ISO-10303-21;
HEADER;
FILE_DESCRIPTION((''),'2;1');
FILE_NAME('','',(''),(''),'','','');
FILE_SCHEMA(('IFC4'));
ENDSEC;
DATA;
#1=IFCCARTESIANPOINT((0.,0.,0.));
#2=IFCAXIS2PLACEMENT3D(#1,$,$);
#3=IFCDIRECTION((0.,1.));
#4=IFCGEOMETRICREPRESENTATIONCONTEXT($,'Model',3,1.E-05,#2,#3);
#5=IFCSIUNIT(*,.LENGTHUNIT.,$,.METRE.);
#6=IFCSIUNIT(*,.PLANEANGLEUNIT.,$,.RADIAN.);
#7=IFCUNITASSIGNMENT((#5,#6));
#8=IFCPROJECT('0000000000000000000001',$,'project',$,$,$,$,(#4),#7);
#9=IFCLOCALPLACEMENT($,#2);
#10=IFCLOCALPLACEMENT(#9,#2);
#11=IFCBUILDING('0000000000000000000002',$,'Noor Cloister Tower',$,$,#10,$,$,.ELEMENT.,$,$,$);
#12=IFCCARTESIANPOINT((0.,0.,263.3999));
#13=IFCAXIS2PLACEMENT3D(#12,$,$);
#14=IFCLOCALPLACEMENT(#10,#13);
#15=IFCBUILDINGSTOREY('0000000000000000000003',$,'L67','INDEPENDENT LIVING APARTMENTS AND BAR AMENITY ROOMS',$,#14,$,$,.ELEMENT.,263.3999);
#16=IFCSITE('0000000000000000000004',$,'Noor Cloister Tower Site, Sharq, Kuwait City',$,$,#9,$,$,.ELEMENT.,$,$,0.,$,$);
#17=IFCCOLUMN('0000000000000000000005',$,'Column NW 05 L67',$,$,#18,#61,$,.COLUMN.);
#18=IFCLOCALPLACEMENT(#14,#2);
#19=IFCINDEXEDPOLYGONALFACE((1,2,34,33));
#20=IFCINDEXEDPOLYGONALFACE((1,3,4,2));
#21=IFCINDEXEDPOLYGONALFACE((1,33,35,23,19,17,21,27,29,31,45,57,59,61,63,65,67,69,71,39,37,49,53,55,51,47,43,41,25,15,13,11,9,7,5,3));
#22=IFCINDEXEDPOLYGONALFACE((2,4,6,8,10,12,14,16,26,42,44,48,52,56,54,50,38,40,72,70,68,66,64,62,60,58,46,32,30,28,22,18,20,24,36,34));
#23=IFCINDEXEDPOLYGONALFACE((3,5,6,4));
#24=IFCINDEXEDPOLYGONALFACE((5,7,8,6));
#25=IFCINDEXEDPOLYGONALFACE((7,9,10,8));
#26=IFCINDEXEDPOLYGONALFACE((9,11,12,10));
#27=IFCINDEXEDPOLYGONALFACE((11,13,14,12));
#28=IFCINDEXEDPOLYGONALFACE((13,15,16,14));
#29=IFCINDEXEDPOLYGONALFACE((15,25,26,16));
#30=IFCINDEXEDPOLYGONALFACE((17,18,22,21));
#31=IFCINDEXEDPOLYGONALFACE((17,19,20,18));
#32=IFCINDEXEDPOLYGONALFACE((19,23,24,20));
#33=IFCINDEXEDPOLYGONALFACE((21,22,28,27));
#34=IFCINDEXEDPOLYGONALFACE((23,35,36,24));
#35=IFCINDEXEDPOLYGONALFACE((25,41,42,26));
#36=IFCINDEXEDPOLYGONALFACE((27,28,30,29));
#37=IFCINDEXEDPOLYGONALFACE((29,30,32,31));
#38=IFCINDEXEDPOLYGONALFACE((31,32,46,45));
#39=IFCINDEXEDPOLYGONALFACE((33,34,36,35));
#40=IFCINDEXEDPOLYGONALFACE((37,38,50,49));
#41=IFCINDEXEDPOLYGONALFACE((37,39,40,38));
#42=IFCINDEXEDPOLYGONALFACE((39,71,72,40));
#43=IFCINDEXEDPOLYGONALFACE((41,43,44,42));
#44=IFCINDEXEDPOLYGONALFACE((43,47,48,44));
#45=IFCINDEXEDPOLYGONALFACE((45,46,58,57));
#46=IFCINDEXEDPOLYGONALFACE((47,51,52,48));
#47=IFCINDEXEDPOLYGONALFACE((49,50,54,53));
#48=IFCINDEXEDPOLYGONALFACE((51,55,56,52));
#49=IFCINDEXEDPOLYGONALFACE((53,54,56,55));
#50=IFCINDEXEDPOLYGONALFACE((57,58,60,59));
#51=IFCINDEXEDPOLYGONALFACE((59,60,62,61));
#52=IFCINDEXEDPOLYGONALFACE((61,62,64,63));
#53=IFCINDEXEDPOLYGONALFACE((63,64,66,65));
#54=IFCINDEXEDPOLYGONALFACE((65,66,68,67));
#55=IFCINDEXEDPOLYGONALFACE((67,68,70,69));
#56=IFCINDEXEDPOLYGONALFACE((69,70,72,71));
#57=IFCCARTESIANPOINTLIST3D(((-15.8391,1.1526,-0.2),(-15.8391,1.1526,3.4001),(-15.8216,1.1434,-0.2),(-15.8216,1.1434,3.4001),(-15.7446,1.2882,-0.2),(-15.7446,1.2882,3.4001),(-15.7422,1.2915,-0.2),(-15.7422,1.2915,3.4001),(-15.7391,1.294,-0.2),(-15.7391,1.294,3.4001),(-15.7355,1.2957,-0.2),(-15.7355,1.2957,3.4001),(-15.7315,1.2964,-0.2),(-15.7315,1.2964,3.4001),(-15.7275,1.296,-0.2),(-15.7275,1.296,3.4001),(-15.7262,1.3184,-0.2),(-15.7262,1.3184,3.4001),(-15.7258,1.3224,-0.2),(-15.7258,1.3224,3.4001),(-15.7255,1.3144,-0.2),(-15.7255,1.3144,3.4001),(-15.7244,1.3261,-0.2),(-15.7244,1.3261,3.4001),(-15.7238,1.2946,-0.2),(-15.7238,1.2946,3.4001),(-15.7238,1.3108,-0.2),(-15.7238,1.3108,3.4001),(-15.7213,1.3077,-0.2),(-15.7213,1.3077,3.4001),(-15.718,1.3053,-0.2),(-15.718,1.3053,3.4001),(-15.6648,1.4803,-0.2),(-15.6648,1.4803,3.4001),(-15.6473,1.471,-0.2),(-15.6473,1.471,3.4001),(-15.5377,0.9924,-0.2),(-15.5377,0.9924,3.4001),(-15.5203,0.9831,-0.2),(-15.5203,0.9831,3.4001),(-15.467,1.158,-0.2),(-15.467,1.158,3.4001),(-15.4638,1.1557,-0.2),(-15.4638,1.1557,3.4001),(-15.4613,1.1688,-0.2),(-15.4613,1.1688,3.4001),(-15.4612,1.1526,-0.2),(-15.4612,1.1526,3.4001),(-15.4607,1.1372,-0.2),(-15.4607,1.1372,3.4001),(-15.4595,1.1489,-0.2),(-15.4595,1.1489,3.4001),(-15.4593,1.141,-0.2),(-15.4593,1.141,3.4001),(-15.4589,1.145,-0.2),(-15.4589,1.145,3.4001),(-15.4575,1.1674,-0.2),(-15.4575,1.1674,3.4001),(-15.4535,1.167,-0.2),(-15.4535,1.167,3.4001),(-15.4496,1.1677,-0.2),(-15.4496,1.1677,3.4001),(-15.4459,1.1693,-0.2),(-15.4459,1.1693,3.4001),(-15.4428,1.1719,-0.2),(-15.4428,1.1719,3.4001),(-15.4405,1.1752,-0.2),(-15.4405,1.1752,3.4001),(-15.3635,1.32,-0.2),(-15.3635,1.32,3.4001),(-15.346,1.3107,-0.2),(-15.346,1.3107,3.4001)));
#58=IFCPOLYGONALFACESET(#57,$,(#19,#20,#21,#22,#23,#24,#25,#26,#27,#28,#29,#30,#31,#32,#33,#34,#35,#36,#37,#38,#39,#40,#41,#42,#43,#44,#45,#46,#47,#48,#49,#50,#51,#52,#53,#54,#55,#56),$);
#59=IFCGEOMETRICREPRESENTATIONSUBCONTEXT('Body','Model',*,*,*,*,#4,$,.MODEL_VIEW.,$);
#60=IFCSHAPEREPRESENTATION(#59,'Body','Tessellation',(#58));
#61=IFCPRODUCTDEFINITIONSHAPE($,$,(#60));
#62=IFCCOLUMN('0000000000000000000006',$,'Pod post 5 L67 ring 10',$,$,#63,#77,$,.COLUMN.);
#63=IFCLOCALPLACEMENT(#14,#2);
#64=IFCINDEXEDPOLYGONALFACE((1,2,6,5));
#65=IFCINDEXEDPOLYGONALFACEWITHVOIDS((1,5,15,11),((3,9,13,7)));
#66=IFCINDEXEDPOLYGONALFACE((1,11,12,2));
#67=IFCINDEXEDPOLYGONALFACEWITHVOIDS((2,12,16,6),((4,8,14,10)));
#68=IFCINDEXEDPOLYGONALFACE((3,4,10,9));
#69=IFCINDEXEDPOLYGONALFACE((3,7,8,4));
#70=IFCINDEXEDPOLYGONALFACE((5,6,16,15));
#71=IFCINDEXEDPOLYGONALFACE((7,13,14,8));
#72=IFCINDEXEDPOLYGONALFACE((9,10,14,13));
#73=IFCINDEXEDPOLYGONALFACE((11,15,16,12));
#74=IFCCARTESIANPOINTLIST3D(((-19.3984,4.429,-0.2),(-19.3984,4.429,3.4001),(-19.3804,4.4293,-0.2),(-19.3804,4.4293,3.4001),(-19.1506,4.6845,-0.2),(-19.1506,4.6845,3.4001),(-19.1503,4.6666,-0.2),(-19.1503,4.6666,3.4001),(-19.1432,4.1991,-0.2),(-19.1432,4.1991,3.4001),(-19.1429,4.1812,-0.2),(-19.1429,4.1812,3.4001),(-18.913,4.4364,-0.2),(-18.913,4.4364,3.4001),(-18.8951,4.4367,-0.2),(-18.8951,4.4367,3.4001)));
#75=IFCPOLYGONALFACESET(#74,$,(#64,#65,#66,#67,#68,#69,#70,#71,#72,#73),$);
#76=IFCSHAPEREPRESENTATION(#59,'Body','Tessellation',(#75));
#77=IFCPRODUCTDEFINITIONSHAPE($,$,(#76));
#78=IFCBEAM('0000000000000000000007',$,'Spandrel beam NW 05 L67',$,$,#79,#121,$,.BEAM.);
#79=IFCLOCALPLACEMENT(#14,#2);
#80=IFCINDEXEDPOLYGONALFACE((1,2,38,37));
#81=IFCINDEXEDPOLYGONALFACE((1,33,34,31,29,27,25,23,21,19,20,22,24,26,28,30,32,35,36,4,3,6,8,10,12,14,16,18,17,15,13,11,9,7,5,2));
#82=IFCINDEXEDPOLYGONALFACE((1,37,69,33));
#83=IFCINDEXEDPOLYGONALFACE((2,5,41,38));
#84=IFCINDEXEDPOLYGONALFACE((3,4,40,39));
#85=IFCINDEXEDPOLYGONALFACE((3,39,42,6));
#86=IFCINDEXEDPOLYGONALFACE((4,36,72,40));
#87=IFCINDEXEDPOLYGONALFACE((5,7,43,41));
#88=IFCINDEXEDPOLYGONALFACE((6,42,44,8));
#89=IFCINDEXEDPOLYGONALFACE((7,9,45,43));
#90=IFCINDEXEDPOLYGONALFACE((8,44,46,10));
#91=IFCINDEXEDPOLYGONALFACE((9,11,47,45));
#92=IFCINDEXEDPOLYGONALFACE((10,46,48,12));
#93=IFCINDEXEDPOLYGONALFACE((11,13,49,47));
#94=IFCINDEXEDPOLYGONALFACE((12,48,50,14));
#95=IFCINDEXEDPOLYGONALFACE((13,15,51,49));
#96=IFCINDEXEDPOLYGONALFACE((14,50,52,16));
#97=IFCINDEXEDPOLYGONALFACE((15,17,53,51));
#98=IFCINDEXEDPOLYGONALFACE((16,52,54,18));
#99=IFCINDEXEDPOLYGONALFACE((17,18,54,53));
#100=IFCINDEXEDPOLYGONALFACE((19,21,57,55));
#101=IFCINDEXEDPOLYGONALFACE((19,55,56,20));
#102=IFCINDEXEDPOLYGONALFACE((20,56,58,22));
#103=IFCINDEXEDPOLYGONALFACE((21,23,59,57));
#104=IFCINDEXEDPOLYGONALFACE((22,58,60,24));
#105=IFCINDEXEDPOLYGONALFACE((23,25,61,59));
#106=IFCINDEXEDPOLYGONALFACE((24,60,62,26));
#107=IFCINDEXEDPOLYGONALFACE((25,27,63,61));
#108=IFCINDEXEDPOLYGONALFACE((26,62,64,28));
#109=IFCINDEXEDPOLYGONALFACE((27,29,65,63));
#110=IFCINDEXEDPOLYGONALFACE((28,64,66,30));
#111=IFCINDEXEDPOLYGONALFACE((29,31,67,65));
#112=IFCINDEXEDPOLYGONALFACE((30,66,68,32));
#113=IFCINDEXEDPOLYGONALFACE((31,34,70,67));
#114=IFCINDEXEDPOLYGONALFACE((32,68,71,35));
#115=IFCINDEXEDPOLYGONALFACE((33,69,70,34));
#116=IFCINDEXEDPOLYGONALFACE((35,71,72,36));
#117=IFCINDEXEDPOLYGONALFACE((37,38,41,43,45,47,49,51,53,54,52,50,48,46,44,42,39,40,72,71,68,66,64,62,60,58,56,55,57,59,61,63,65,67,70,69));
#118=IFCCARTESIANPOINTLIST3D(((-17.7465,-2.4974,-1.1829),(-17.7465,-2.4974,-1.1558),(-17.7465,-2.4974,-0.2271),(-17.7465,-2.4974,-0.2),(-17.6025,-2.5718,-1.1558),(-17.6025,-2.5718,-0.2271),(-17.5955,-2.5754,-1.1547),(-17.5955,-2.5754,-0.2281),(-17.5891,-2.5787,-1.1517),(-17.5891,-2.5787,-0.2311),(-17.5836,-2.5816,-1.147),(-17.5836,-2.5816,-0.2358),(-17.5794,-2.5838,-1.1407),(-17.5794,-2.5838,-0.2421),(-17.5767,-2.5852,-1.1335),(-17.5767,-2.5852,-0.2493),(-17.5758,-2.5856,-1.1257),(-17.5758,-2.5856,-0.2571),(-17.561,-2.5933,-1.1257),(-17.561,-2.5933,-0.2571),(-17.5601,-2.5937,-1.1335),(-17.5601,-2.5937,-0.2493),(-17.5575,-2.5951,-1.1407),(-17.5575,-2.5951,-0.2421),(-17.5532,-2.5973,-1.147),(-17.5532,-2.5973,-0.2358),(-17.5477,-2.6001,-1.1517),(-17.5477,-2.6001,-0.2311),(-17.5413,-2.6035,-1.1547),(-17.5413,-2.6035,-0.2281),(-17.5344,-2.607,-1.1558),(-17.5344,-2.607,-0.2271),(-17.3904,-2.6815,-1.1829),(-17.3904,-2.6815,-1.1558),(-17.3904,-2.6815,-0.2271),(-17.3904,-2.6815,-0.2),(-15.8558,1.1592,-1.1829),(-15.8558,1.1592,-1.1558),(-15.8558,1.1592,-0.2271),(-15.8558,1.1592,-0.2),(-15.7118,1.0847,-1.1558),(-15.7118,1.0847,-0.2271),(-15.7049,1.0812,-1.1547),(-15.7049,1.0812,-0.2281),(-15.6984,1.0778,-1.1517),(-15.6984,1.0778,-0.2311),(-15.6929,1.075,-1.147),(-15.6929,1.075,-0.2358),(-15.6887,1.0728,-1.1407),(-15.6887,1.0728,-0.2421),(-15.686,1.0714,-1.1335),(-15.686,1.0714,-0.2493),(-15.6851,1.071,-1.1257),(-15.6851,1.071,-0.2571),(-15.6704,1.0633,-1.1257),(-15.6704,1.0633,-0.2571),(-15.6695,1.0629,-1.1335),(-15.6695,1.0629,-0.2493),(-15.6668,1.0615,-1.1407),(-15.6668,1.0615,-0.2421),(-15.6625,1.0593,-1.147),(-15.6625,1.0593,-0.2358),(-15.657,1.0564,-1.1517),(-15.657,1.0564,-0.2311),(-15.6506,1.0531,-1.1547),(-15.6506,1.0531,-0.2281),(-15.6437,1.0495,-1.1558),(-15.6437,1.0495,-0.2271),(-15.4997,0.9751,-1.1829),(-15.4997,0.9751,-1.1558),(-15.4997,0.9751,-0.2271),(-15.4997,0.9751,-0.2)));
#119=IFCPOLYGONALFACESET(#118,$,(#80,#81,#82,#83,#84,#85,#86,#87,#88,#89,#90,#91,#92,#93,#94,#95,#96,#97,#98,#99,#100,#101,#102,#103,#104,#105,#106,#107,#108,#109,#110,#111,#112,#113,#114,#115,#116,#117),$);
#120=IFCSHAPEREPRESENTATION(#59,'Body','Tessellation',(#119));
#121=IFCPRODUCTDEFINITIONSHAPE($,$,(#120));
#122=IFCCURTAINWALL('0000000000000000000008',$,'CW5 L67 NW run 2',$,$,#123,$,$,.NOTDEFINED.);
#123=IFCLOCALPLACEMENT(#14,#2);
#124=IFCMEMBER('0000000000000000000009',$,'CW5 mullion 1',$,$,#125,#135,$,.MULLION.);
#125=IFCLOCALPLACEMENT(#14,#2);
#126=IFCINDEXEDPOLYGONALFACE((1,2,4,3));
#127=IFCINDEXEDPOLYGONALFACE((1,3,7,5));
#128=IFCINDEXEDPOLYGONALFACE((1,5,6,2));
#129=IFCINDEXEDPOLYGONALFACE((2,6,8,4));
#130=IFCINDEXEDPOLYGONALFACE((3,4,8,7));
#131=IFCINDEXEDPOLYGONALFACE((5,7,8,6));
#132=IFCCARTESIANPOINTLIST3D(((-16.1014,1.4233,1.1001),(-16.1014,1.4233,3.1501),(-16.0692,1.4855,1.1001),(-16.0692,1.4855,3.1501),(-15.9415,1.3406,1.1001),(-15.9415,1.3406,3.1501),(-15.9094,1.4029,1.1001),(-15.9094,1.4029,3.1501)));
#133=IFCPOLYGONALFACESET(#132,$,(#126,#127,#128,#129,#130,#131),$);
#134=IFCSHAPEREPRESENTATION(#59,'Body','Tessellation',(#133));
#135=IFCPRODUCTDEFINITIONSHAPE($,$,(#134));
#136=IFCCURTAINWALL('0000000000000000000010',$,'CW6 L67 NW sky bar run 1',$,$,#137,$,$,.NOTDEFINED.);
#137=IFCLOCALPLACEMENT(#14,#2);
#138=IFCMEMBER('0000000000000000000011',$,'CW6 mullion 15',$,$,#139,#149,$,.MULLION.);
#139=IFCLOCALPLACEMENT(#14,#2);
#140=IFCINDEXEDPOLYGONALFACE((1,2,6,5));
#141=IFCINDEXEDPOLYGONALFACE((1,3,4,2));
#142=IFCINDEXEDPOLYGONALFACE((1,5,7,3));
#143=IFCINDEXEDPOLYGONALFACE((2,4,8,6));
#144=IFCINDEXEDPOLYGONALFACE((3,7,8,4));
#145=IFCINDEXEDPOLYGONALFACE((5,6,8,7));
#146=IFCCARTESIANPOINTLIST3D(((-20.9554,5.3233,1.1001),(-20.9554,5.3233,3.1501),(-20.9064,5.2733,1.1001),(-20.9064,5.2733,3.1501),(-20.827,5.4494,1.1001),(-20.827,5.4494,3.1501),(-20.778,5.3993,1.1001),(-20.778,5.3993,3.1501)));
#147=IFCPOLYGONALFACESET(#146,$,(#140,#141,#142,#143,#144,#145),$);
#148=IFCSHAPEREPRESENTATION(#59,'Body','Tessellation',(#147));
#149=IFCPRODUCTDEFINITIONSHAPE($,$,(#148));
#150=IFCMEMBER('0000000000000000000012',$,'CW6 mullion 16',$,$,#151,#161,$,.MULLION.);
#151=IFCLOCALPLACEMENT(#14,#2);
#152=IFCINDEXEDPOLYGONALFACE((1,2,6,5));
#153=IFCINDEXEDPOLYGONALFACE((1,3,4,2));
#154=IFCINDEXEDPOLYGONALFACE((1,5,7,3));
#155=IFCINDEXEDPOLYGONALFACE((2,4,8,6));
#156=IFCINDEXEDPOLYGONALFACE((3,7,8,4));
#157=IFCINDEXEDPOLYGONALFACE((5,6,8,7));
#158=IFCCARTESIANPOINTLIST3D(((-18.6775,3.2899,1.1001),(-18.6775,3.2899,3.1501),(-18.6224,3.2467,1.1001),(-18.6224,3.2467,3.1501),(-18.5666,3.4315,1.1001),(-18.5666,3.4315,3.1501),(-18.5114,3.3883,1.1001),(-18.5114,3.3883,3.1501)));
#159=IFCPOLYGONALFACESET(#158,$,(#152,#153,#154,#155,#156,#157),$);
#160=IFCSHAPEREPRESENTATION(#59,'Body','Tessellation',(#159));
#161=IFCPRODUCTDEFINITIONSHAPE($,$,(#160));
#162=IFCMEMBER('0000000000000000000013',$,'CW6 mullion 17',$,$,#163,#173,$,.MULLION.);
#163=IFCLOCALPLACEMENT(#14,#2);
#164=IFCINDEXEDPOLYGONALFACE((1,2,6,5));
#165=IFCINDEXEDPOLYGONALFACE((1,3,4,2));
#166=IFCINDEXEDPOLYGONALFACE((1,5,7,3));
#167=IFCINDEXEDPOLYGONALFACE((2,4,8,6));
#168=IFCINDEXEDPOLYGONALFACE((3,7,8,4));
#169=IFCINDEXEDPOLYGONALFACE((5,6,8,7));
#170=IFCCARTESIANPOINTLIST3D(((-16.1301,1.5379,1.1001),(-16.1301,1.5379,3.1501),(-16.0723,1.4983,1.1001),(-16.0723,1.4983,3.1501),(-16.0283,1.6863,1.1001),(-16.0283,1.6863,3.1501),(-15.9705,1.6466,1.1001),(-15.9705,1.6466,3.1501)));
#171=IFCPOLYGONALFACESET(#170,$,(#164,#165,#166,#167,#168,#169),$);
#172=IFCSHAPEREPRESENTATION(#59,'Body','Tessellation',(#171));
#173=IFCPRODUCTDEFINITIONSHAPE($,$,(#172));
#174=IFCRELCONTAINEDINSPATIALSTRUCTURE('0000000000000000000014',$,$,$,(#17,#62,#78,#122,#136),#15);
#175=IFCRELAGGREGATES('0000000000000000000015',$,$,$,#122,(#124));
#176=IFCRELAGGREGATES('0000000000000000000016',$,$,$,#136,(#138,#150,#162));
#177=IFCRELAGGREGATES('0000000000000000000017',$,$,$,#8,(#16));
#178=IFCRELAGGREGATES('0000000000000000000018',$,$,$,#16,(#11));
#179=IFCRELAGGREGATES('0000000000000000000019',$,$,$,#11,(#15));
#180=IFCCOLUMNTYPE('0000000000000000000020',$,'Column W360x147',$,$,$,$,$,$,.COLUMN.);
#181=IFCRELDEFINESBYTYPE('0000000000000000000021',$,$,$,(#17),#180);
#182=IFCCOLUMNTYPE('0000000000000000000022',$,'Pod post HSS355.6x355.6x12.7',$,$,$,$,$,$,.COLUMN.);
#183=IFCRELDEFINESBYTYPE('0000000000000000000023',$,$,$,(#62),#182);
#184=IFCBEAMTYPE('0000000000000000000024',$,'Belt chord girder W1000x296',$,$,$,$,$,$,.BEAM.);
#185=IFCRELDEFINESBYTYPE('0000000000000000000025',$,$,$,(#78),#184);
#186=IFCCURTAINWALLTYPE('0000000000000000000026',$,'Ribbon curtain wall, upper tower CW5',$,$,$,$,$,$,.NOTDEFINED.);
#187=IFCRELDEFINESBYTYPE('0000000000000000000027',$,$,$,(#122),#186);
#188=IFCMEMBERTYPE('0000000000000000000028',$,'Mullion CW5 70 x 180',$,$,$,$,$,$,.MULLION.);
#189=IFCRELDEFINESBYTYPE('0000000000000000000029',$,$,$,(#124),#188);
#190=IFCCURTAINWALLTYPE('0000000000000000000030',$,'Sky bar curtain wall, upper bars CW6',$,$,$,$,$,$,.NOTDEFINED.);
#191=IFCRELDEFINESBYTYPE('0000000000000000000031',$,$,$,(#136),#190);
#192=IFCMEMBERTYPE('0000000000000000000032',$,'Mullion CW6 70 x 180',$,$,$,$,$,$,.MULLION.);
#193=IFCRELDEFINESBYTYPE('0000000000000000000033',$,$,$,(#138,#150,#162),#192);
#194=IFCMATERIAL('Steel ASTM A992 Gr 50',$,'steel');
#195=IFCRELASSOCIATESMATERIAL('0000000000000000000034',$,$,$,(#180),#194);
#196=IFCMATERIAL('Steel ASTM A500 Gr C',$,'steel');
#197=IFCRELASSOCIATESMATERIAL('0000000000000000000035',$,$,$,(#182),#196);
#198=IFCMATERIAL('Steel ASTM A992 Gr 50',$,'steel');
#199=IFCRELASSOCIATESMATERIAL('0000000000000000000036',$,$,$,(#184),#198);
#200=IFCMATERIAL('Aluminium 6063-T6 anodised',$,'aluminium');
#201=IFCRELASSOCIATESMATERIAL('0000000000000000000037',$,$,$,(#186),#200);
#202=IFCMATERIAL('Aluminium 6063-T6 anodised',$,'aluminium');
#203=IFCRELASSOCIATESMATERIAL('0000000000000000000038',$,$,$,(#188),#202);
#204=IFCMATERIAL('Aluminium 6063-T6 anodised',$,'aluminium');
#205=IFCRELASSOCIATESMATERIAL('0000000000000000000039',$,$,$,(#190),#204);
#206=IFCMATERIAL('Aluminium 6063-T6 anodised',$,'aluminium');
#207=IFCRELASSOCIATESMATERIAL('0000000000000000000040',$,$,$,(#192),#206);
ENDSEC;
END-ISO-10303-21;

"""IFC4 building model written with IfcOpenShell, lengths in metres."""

from ifc_helpers import new_model, si_unit, direction, frame, origin, origin_2d, place, context, subcontext, project, spatial, rectangle, hollow_rectangle, i_section, extrude, material, material_profile, profile_set, type_object, element, aggregate, save


model = new_model("IFC4")

# Units and contexts
model_context = context("Model", 3, precision=1e-05, world=origin(), true_north=direction((0.0, 1.0)))
body_context = subcontext(model_context, "Body", "Model", "MODEL_VIEW")
ifc_project = project(units=[si_unit("LENGTHUNIT", "METRE"), si_unit("PLANEANGLEUNIT", "RADIAN")], contexts=[model_context])

# Site, building, storey
site_placement = place(None, origin())
site = spatial("IfcSite", under=ifc_project, at=site_placement, Name="Noor Cloister Tower Site, Sharq, Kuwait City", CompositionType="ELEMENT", RefElevation=0.0)
building_placement = place(site_placement, origin())
building = spatial("IfcBuilding", under=site, at=building_placement, Name="Noor Cloister Tower", CompositionType="ELEMENT")
storey_placement = place(building_placement, frame((0.0, 0.0, 263.3999)))
storey = spatial("IfcBuildingStorey", under=building, at=storey_placement, Name="L67", Description="INDEPENDENT LIVING APARTMENTS AND BAR AMENITY ROOMS", CompositionType="ELEMENT", Elevation=263.3999)

# Columns
ifc_material_1 = material(Name="Steel ASTM A992 Gr 50", Category="steel")
ifc_material_profile_1 = material_profile(ifc_material_1, i_section(OverallWidth=0.3711, OverallDepth=0.3611, WebThickness=0.0122, FlangeThickness=0.0198, FilletRadius=0.0154, at=origin_2d()), Name="W360x147")
ifc_profile_set_1 = profile_set([ifc_material_profile_1], Name="Steel ASTM A992 Gr 50")
column_type_1 = type_object("IfcColumnType", Name="Column W360x147", PredefinedType="COLUMN", material=ifc_profile_set_1)
column_1_placement = place(storey_placement, frame((-15.5925, 1.2317, -0.2), z_axis=(0.0, 0.0, 1.0), x_axis=(-0.469576, -0.882892, 0.0)))
element("IfcColumn", 1, at=column_1_placement, inside=storey, type_object=column_type_1, Name="Column NW 05 L67", PredefinedType="COLUMN", context=body_context, shape_type="SweptSolid", body=[
    extrude(i_section(OverallWidth=0.3711, OverallDepth=0.3611, WebThickness=0.0122, FlangeThickness=0.0198, FilletRadius=0.0154, at=origin_2d()), origin(), (0.0, 0.0, 1.0), 3.6001),
])
ifc_material_2 = material(Name="Steel ASTM A500 Gr C", Category="steel")
ifc_material_profile_2 = material_profile(ifc_material_2, hollow_rectangle(XDim=0.356, YDim=0.356, WallThickness=0.0127, at=origin_2d()), Name="HSS355.6x355.6x12.7")
ifc_profile_set_2 = profile_set([ifc_material_profile_2], Name="Steel ASTM A500 Gr C")
column_type_2 = type_object("IfcColumnType", Name="Pod post HSS355.6x355.6x12.7", PredefinedType="COLUMN", material=ifc_profile_set_2)
column_2_placement = place(storey_placement, frame((-19.1467, 4.4329, -0.2), z_axis=(0.0, 0.0, 1.0), x_axis=(0.717809, -0.69624, 0.0)))
element("IfcColumn", 2, at=column_2_placement, inside=storey, type_object=column_type_2, Name="Pod post 5 L67 ring 10", PredefinedType="COLUMN", context=body_context, shape_type="SweptSolid", body=[
    extrude(hollow_rectangle(XDim=0.356, YDim=0.356, WallThickness=0.0127, at=origin_2d()), origin(), (0.0, 0.0, 1.0), 3.6001),
])

# Beam
ifc_material_3 = material(Name="Steel ASTM A992 Gr 50", Category="steel")
ifc_material_profile_3 = material_profile(ifc_material_3, i_section(OverallWidth=0.4009, OverallDepth=0.9829, WebThickness=0.0166, FlangeThickness=0.0271, FilletRadius=0.03, at=origin_2d()), Name="W1000x296")
ifc_profile_set_3 = profile_set([ifc_material_profile_3], Name="Steel ASTM A992 Gr 50")
beam_type_1 = type_object("IfcBeamType", Name="Belt chord girder W1000x296", PredefinedType="BEAM", material=ifc_profile_set_3)
beam_1_placement = place(storey_placement, frame((-15.6777, 1.0671, -0.6914), z_axis=(-0.459295, -0.888284, 0.0), x_axis=(0.888284, -0.459295, 0.0)))
element("IfcBeam", 3, at=beam_1_placement, inside=storey, type_object=beam_type_1, Name="Spandrel beam NW 05 L67", PredefinedType="BEAM", context=body_context, shape_type="SweptSolid", body=[
    extrude(i_section(OverallWidth=0.4009, OverallDepth=0.9829, WebThickness=0.0166, FlangeThickness=0.0271, FilletRadius=0.03, at=origin_2d()), origin(), (0.0, 0.0, 1.0), 4.1165),
])

# Curtain wall, member
ifc_material_4 = material(Name="Aluminium 6063-T6 anodised", Category="aluminium")
curtain_wall_type_1 = type_object("IfcCurtainWallType", Name="Ribbon curtain wall, upper tower CW5", PredefinedType="NOTDEFINED", material=ifc_material_4)
curtain_wall_1_placement = place(storey_placement, origin())
curtain_wall_1 = element("IfcCurtainWall", 4, at=curtain_wall_1_placement, inside=storey, type_object=curtain_wall_type_1, Name="CW5 L67 NW run 2", PredefinedType="NOTDEFINED")
ifc_material_5 = material(Name="Aluminium 6063-T6 anodised", Category="aluminium")
ifc_material_profile_4 = material_profile(ifc_material_5, rectangle(XDim=0.1799, YDim=0.0701, at=origin_2d()), Name="180 x 70 mullion")
ifc_profile_set_4 = profile_set([ifc_material_profile_4], Name="Aluminium 6063-T6 anodised")
member_type_1 = type_object("IfcMemberType", Name="Mullion CW5 70 x 180", PredefinedType="MULLION", material=ifc_profile_set_4)
member_1_placement = place(storey_placement, frame((-16.0054, 1.4131, 1.1001), z_axis=(0.0, 0.0, 1.0), x_axis=(0.888278, -0.459306, 0.0)))
member_1 = element("IfcMember", 5, at=member_1_placement, type_object=member_type_1, Name="CW5 mullion 1", PredefinedType="MULLION", context=body_context, shape_type="SweptSolid", body=[
    extrude(rectangle(XDim=0.1799, YDim=0.0701, at=origin_2d()), origin(), (0.0, 0.0, 1.0), 2.05),
])

# Curtain wall, members
ifc_material_6 = material(Name="Aluminium 6063-T6 anodised", Category="aluminium")
curtain_wall_type_2 = type_object("IfcCurtainWallType", Name="Sky bar curtain wall, upper bars CW6", PredefinedType="NOTDEFINED", material=ifc_material_6)
curtain_wall_2_placement = place(storey_placement, origin())
curtain_wall_2 = element("IfcCurtainWall", 6, at=curtain_wall_2_placement, inside=storey, type_object=curtain_wall_type_2, Name="CW6 L67 NW sky bar run 1", PredefinedType="NOTDEFINED")
ifc_material_7 = material(Name="Aluminium 6063-T6 anodised", Category="aluminium")
ifc_material_profile_5 = material_profile(ifc_material_7, rectangle(XDim=0.1799, YDim=0.0701, at=origin_2d()), Name="180 x 70 mullion")
ifc_profile_set_5 = profile_set([ifc_material_profile_5], Name="Aluminium 6063-T6 anodised")
member_type_2 = type_object("IfcMemberType", Name="Mullion CW6 70 x 180", PredefinedType="MULLION", material=ifc_profile_set_5)
member_2_placement = place(storey_placement, frame((-20.8667, 5.3613, 1.1001), z_axis=(0.0, 0.0, 1.0), x_axis=(0.713666, 0.700486, 0.0)))
member_2 = element("IfcMember", 7, at=member_2_placement, type_object=member_type_2, Name="CW6 mullion 15", PredefinedType="MULLION", context=body_context, shape_type="SweptSolid", body=[
    extrude(rectangle(XDim=0.1799, YDim=0.0701, at=origin_2d()), origin(), (0.0, 0.0, 1.0), 2.05),
])
member_3_placement = place(storey_placement, frame((-18.5945, 3.3391, 1.1001), z_axis=(0.0, 0.0, 1.0), x_axis=(0.616644, 0.787242, 0.0)))
member_3 = element("IfcMember", 8, at=member_3_placement, type_object=member_type_2, Name="CW6 mullion 16", PredefinedType="MULLION", context=body_context, shape_type="SweptSolid", body=[
    extrude(rectangle(XDim=0.1799, YDim=0.0701, at=origin_2d()), origin(), (0.0, 0.0, 1.0), 2.05),
])
member_4_placement = place(storey_placement, frame((-16.0503, 1.5923, 1.1001), z_axis=(0.0, 0.0, 1.0), x_axis=(0.565997, 0.824408, 0.0)))
member_4 = element("IfcMember", 9, at=member_4_placement, type_object=member_type_2, Name="CW6 mullion 17", PredefinedType="MULLION", context=body_context, shape_type="SweptSolid", body=[
    extrude(rectangle(XDim=0.1799, YDim=0.0701, at=origin_2d()), origin(), (0.0, 0.0, 1.0), 2.05),
])

aggregate(curtain_wall_1, [member_1])
aggregate(curtain_wall_2, [member_2, member_3, member_4])

save(model, "model.ifc")
